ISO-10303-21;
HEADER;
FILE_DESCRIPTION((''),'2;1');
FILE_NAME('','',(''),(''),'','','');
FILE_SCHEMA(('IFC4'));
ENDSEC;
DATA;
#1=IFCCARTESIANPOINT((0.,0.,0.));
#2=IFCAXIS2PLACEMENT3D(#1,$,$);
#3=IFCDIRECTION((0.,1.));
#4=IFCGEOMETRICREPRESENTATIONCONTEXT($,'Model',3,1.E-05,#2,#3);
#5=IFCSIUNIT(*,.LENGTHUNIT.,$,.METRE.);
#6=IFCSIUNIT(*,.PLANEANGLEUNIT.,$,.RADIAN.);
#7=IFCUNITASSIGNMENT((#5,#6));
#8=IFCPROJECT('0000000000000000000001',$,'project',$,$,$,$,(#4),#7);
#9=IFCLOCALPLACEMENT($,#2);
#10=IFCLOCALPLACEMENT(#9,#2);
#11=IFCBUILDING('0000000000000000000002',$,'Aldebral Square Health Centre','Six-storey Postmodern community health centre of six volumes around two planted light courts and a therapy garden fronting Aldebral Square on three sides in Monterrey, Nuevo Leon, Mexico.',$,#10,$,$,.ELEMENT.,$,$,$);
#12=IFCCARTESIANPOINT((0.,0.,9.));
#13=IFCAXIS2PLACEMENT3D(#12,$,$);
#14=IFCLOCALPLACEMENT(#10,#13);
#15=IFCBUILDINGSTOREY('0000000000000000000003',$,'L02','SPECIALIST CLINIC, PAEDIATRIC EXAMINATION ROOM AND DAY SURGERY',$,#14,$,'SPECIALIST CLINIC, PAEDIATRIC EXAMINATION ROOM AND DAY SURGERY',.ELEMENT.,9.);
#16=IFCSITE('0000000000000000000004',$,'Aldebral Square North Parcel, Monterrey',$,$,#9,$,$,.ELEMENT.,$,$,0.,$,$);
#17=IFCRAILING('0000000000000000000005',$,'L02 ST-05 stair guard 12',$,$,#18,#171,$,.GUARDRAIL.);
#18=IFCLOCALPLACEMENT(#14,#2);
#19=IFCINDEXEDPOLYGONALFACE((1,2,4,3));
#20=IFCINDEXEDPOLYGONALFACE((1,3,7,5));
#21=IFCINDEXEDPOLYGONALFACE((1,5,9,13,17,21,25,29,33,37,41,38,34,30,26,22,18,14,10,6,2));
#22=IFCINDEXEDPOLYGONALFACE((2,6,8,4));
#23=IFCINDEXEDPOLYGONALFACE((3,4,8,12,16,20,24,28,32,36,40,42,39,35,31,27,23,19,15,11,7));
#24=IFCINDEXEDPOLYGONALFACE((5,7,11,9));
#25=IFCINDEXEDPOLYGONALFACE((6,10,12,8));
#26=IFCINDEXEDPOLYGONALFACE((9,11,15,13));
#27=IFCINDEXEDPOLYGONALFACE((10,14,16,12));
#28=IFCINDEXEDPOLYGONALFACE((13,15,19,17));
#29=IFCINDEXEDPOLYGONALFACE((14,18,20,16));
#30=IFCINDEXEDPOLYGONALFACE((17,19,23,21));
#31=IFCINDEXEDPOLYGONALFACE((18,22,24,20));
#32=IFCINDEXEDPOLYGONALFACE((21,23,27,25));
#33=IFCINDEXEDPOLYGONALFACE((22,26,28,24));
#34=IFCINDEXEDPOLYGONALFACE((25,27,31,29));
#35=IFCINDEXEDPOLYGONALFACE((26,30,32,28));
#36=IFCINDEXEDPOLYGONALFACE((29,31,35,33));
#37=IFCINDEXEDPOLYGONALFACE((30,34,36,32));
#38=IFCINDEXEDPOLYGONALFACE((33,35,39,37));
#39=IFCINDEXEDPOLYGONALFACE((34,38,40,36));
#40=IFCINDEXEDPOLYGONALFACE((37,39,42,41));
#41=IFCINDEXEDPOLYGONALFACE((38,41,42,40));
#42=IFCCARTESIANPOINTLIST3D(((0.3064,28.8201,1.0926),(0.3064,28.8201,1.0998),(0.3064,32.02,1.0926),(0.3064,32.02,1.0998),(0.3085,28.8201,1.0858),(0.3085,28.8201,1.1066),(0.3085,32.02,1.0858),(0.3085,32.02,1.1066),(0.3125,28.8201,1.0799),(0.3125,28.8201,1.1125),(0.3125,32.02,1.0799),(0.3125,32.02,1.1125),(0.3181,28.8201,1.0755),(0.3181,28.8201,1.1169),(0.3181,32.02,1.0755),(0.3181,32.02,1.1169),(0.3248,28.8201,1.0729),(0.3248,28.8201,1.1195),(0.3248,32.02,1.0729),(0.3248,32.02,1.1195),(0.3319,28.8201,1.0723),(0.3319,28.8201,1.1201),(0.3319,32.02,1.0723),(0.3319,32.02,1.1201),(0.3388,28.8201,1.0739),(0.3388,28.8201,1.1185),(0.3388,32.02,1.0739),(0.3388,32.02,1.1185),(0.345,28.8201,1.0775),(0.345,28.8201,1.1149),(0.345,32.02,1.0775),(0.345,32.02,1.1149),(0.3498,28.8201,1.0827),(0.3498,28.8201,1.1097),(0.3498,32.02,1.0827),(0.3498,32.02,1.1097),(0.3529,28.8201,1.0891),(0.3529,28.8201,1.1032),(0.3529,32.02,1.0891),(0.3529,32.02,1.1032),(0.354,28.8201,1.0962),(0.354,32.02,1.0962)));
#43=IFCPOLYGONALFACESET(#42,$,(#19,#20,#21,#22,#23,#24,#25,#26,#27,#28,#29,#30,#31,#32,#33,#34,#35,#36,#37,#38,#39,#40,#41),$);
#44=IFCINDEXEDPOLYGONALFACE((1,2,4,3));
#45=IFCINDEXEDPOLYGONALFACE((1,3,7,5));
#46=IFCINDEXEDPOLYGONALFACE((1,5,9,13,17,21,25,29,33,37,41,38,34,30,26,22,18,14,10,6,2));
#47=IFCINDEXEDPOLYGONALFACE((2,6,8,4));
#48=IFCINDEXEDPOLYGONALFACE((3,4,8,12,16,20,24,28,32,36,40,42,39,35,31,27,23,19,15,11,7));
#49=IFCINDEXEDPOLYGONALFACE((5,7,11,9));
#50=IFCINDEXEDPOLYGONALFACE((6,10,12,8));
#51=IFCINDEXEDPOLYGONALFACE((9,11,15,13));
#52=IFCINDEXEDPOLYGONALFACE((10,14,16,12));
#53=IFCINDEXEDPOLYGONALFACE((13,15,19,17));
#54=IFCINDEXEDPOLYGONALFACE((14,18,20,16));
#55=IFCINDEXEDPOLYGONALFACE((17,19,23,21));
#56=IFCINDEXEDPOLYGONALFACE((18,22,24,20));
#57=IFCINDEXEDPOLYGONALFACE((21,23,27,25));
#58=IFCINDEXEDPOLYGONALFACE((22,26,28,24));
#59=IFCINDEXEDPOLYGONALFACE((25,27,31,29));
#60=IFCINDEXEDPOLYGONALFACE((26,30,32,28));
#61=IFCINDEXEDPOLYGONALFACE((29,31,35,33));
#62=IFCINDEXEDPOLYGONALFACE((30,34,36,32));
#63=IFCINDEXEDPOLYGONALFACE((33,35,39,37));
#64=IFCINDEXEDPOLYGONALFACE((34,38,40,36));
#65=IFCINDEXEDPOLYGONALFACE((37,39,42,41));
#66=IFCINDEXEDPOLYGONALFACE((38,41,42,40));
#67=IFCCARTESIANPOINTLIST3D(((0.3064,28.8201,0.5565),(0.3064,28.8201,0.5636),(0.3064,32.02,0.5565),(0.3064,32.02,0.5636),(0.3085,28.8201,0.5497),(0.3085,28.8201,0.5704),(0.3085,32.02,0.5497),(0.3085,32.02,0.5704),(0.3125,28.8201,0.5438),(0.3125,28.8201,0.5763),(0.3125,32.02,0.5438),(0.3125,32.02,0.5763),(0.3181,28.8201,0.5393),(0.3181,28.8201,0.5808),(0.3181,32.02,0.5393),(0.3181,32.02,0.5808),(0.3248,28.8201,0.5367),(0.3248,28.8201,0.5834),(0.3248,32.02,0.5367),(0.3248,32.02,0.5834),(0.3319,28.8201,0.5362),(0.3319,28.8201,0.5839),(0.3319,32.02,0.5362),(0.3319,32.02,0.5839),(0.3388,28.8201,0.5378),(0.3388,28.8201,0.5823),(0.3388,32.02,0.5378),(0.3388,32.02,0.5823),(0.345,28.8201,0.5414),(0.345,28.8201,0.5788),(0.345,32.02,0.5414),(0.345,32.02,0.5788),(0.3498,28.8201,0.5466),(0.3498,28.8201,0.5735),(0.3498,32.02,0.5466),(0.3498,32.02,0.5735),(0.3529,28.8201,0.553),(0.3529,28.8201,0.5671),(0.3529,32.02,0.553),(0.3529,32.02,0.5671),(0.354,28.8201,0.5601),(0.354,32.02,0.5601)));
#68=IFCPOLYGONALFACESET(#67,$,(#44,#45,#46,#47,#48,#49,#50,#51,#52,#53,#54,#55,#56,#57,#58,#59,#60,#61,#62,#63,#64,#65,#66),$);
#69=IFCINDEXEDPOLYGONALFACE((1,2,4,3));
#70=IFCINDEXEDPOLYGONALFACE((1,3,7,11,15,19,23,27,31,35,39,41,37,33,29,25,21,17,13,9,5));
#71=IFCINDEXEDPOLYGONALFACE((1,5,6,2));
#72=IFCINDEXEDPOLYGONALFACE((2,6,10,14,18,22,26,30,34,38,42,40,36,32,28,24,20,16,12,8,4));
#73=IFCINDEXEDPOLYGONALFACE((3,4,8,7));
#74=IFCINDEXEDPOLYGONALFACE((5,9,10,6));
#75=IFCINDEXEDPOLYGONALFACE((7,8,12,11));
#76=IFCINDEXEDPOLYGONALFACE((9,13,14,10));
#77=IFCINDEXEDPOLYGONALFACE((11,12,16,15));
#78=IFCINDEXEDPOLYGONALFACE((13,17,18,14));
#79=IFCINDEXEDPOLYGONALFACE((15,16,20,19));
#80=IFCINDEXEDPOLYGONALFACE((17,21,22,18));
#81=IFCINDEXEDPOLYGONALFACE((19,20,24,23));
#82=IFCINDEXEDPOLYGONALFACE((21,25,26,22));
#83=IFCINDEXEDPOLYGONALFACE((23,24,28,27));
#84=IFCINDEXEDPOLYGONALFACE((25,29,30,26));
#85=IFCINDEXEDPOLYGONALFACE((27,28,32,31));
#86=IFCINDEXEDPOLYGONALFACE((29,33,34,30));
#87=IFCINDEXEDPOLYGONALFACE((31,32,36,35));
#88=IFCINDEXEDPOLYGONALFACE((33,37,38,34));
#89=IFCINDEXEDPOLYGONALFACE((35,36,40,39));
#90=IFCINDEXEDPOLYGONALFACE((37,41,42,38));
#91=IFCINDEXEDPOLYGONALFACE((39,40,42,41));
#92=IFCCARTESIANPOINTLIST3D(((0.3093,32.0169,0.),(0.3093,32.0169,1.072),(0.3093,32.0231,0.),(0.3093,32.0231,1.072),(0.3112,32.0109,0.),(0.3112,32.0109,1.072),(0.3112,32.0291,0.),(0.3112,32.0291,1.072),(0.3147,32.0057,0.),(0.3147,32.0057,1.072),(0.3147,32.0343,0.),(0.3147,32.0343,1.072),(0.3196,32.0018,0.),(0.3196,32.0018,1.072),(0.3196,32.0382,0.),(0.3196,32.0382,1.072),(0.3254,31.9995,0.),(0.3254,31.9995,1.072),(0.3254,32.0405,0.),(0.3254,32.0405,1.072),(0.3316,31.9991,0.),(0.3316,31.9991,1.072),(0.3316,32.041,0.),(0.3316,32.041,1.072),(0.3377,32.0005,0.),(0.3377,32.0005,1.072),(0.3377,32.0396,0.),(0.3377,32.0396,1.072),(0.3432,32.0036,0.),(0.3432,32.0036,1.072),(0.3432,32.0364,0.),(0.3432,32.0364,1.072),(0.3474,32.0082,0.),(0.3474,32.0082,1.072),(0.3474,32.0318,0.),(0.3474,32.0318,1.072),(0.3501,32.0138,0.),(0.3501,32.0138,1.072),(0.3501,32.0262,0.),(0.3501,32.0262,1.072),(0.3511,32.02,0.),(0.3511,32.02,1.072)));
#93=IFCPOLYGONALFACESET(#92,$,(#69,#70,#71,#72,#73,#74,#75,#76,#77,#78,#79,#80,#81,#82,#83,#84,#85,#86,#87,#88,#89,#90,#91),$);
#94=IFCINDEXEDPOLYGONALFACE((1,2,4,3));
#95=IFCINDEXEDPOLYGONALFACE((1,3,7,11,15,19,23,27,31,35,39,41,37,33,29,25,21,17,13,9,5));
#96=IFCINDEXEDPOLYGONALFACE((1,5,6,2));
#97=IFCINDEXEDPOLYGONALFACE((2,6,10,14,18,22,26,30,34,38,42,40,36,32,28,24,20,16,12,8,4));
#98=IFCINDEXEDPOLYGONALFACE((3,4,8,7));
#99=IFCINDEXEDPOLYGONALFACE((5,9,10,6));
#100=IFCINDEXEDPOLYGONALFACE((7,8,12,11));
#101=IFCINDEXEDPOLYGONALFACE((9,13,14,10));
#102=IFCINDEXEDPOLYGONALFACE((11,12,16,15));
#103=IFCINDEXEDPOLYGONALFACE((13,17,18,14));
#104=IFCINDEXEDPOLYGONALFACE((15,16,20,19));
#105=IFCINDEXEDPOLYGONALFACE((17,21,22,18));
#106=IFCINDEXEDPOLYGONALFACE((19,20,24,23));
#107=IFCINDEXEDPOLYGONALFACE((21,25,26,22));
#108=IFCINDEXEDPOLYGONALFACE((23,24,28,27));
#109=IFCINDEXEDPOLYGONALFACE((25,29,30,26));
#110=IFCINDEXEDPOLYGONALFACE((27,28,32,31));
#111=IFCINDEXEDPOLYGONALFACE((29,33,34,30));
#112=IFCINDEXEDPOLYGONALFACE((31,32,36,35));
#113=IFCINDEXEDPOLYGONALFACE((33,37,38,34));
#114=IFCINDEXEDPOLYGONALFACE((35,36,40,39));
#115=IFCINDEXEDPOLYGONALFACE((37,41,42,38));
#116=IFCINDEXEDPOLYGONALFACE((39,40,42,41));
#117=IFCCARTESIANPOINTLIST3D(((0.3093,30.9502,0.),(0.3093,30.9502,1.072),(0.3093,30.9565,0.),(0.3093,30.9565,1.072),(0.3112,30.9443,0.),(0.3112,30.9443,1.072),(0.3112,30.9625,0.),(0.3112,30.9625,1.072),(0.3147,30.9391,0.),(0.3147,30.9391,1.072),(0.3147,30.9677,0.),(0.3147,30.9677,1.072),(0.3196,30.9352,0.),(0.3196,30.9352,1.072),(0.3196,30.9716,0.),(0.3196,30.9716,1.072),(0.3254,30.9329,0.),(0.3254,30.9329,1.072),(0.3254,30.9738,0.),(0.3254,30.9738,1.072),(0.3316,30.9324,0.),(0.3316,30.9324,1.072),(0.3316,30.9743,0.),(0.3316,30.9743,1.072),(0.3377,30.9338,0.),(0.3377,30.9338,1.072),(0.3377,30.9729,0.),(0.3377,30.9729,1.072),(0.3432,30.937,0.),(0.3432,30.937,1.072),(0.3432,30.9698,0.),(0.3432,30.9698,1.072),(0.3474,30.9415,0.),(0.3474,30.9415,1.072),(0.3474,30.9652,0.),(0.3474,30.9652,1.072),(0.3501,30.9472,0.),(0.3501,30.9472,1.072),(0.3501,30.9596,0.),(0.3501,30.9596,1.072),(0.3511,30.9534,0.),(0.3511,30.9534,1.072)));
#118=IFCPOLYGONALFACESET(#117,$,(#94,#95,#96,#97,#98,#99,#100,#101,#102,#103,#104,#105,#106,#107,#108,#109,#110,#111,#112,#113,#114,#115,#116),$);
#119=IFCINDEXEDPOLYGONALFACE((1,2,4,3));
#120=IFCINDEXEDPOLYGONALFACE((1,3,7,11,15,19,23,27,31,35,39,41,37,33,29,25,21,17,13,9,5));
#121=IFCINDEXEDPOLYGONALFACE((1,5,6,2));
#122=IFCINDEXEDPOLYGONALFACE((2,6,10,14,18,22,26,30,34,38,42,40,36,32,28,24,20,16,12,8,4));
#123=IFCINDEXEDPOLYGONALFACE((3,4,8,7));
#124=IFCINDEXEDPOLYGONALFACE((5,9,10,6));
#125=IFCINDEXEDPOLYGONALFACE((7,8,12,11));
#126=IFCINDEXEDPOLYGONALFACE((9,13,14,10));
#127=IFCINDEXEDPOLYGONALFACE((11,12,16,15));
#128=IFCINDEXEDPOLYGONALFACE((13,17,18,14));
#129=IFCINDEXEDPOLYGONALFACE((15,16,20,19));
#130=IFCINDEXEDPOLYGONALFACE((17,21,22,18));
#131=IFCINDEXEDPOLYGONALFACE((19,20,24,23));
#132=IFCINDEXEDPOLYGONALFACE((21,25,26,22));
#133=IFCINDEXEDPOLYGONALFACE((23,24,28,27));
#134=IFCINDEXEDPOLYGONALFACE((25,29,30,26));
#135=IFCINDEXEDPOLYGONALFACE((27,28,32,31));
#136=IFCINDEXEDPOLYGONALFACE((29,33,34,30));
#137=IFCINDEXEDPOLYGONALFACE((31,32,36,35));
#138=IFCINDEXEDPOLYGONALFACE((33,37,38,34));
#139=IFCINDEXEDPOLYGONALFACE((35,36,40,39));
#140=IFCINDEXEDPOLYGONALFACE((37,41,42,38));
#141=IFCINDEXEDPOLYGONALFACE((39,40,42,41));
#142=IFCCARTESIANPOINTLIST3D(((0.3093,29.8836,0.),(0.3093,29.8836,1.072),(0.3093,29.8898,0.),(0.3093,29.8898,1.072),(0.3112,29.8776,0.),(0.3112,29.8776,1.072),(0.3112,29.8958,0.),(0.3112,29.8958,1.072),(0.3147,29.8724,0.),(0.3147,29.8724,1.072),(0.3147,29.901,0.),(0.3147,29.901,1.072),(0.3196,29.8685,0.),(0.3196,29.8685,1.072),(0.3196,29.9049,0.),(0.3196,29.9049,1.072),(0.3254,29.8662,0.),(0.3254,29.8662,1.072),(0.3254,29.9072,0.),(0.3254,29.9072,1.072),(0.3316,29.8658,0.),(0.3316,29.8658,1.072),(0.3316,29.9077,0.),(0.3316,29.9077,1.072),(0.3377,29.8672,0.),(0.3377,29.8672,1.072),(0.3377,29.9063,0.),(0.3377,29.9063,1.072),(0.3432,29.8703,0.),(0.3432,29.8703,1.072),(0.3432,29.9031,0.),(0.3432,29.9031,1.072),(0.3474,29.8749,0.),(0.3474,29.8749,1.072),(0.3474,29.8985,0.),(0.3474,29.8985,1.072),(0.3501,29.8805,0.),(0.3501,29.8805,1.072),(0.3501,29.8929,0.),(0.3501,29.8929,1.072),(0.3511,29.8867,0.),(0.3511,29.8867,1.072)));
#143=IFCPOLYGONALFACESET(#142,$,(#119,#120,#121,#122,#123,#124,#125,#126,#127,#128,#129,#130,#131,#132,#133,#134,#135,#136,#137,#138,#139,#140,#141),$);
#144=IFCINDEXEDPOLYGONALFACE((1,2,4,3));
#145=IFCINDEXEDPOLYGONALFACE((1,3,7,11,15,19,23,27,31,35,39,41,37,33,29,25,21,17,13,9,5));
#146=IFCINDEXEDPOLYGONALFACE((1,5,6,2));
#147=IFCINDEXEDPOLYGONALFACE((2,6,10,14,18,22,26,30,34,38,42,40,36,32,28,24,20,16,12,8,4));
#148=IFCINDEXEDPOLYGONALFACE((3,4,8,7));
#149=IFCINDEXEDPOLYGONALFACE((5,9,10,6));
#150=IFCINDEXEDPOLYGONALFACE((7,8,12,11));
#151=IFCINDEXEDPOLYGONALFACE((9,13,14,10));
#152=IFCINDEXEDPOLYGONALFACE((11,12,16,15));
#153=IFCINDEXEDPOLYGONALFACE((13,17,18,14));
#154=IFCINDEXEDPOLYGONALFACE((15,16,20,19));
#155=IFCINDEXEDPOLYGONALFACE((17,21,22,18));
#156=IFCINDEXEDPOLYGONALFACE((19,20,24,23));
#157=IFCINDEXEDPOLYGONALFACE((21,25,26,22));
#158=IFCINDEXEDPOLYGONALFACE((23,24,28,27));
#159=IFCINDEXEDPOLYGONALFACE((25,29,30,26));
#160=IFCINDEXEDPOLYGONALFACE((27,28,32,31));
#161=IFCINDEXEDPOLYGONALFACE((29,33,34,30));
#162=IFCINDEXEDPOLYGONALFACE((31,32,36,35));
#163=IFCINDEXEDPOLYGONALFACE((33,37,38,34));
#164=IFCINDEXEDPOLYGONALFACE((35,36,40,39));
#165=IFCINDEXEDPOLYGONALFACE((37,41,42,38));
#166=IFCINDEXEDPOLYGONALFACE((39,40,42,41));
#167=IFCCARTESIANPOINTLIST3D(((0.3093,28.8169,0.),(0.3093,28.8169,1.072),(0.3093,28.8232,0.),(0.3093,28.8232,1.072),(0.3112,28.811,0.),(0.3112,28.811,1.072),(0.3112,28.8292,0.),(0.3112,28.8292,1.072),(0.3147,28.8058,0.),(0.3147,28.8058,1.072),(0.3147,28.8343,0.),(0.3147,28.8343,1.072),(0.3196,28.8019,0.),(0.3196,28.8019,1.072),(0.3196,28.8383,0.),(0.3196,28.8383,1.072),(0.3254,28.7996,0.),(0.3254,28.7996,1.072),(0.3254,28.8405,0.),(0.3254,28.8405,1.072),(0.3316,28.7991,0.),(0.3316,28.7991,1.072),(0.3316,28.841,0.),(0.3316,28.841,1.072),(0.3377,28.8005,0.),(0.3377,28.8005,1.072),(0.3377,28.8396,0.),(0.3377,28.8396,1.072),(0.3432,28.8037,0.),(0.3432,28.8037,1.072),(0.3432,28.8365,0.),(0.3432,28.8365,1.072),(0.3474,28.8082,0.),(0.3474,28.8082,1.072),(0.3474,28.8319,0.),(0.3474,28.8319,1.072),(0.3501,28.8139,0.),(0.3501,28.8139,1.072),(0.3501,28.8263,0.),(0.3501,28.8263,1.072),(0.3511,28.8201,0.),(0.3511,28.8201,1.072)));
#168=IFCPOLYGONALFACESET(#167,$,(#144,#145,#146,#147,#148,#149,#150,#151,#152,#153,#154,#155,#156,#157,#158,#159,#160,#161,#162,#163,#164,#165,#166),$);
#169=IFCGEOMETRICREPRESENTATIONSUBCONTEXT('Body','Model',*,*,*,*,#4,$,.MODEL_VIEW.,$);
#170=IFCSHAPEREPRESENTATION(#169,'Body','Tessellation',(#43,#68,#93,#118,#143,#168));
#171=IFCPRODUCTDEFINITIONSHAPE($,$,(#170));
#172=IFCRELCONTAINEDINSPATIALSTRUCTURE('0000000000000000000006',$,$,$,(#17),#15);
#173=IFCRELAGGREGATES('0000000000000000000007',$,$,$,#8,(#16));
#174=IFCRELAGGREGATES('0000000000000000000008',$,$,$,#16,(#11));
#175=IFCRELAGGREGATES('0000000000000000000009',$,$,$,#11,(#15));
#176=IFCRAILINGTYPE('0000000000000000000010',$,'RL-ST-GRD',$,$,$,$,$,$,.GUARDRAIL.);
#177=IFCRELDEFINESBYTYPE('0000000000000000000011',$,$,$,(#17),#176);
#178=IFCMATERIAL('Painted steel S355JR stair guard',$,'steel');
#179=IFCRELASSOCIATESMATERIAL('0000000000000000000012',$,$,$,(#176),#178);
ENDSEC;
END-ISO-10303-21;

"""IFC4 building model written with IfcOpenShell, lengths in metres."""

from ifc_helpers import new_model, si_unit, direction, frame, origin, origin_2d, place, context, subcontext, project, spatial, circle, extrude, material, type_object, element, save


model = new_model("IFC4")

# Units and contexts
model_context = context("Model", 3, precision=1e-05, world=origin(), true_north=direction((0.0, 1.0)))
body_context = subcontext(model_context, "Body", "Model", "MODEL_VIEW")
ifc_project = project(units=[si_unit("LENGTHUNIT", "METRE"), si_unit("PLANEANGLEUNIT", "RADIAN")], contexts=[model_context])

# Site, building, storey
site_placement = place(None, origin())
site = spatial("IfcSite", under=ifc_project, at=site_placement, Name="Aldebral Square North Parcel, Monterrey", CompositionType="ELEMENT", RefElevation=0.0)
building_placement = place(site_placement, origin())
building = spatial("IfcBuilding", under=site, at=building_placement, Name="Aldebral Square Health Centre", Description="Six-storey Postmodern community health centre of six volumes around two planted light courts and a therapy garden fronting Aldebral Square on three sides in Monterrey, Nuevo Leon, Mexico.", CompositionType="ELEMENT")
storey_placement = place(building_placement, frame((0.0, 0.0, 9.0)))
storey = spatial("IfcBuildingStorey", under=building, at=storey_placement, Name="L02", Description="SPECIALIST CLINIC, PAEDIATRIC EXAMINATION ROOM AND DAY SURGERY", LongName="SPECIALIST CLINIC, PAEDIATRIC EXAMINATION ROOM AND DAY SURGERY", CompositionType="ELEMENT", Elevation=9.0)

# Railing
ifc_material_1 = material(Name="Painted steel S355JR stair guard", Category="steel")
railing_type = type_object("IfcRailingType", Name="RL-ST-GRD", PredefinedType="GUARDRAIL", material=ifc_material_1)
railing_1_placement = place(storey_placement, frame((0.3301, 32.02, 0.0)))
element("IfcRailing", 1, at=railing_1_placement, inside=storey, type_object=railing_type, Name="L02 ST-05 stair guard 12", PredefinedType="GUARDRAIL", context=body_context, shape_type="SweptSolid", body=[
    extrude(circle(Radius=0.0239, at=origin_2d()), frame((0.0, 0.0, 1.0962), z_axis=(0.0, -1.0, 0.0), x_axis=(1.0, 0.0, 0.0)), (0.0, 0.0, 1.0), 3.2),
    extrude(circle(Radius=0.0239, at=origin_2d()), frame((0.0, 0.0, 0.5601), z_axis=(0.0, -1.0, 0.0), x_axis=(1.0, 0.0, 0.0)), (0.0, 0.0, 1.0), 3.2),
    extrude(circle(Radius=0.021, at=origin_2d()), origin(), (0.0, 0.0, 1.0), 1.072),
    extrude(circle(Radius=0.021, at=origin_2d()), frame((0.0, -1.0667, 0.0)), (0.0, 0.0, 1.0), 1.072),
    extrude(circle(Radius=0.021, at=origin_2d()), frame((0.0, -2.1333, 0.0)), (0.0, 0.0, 1.0), 1.072),
    extrude(circle(Radius=0.021, at=origin_2d()), frame((0.0, -3.2, 0.0)), (0.0, 0.0, 1.0), 1.072),
])

save(model, "model.ifc")
